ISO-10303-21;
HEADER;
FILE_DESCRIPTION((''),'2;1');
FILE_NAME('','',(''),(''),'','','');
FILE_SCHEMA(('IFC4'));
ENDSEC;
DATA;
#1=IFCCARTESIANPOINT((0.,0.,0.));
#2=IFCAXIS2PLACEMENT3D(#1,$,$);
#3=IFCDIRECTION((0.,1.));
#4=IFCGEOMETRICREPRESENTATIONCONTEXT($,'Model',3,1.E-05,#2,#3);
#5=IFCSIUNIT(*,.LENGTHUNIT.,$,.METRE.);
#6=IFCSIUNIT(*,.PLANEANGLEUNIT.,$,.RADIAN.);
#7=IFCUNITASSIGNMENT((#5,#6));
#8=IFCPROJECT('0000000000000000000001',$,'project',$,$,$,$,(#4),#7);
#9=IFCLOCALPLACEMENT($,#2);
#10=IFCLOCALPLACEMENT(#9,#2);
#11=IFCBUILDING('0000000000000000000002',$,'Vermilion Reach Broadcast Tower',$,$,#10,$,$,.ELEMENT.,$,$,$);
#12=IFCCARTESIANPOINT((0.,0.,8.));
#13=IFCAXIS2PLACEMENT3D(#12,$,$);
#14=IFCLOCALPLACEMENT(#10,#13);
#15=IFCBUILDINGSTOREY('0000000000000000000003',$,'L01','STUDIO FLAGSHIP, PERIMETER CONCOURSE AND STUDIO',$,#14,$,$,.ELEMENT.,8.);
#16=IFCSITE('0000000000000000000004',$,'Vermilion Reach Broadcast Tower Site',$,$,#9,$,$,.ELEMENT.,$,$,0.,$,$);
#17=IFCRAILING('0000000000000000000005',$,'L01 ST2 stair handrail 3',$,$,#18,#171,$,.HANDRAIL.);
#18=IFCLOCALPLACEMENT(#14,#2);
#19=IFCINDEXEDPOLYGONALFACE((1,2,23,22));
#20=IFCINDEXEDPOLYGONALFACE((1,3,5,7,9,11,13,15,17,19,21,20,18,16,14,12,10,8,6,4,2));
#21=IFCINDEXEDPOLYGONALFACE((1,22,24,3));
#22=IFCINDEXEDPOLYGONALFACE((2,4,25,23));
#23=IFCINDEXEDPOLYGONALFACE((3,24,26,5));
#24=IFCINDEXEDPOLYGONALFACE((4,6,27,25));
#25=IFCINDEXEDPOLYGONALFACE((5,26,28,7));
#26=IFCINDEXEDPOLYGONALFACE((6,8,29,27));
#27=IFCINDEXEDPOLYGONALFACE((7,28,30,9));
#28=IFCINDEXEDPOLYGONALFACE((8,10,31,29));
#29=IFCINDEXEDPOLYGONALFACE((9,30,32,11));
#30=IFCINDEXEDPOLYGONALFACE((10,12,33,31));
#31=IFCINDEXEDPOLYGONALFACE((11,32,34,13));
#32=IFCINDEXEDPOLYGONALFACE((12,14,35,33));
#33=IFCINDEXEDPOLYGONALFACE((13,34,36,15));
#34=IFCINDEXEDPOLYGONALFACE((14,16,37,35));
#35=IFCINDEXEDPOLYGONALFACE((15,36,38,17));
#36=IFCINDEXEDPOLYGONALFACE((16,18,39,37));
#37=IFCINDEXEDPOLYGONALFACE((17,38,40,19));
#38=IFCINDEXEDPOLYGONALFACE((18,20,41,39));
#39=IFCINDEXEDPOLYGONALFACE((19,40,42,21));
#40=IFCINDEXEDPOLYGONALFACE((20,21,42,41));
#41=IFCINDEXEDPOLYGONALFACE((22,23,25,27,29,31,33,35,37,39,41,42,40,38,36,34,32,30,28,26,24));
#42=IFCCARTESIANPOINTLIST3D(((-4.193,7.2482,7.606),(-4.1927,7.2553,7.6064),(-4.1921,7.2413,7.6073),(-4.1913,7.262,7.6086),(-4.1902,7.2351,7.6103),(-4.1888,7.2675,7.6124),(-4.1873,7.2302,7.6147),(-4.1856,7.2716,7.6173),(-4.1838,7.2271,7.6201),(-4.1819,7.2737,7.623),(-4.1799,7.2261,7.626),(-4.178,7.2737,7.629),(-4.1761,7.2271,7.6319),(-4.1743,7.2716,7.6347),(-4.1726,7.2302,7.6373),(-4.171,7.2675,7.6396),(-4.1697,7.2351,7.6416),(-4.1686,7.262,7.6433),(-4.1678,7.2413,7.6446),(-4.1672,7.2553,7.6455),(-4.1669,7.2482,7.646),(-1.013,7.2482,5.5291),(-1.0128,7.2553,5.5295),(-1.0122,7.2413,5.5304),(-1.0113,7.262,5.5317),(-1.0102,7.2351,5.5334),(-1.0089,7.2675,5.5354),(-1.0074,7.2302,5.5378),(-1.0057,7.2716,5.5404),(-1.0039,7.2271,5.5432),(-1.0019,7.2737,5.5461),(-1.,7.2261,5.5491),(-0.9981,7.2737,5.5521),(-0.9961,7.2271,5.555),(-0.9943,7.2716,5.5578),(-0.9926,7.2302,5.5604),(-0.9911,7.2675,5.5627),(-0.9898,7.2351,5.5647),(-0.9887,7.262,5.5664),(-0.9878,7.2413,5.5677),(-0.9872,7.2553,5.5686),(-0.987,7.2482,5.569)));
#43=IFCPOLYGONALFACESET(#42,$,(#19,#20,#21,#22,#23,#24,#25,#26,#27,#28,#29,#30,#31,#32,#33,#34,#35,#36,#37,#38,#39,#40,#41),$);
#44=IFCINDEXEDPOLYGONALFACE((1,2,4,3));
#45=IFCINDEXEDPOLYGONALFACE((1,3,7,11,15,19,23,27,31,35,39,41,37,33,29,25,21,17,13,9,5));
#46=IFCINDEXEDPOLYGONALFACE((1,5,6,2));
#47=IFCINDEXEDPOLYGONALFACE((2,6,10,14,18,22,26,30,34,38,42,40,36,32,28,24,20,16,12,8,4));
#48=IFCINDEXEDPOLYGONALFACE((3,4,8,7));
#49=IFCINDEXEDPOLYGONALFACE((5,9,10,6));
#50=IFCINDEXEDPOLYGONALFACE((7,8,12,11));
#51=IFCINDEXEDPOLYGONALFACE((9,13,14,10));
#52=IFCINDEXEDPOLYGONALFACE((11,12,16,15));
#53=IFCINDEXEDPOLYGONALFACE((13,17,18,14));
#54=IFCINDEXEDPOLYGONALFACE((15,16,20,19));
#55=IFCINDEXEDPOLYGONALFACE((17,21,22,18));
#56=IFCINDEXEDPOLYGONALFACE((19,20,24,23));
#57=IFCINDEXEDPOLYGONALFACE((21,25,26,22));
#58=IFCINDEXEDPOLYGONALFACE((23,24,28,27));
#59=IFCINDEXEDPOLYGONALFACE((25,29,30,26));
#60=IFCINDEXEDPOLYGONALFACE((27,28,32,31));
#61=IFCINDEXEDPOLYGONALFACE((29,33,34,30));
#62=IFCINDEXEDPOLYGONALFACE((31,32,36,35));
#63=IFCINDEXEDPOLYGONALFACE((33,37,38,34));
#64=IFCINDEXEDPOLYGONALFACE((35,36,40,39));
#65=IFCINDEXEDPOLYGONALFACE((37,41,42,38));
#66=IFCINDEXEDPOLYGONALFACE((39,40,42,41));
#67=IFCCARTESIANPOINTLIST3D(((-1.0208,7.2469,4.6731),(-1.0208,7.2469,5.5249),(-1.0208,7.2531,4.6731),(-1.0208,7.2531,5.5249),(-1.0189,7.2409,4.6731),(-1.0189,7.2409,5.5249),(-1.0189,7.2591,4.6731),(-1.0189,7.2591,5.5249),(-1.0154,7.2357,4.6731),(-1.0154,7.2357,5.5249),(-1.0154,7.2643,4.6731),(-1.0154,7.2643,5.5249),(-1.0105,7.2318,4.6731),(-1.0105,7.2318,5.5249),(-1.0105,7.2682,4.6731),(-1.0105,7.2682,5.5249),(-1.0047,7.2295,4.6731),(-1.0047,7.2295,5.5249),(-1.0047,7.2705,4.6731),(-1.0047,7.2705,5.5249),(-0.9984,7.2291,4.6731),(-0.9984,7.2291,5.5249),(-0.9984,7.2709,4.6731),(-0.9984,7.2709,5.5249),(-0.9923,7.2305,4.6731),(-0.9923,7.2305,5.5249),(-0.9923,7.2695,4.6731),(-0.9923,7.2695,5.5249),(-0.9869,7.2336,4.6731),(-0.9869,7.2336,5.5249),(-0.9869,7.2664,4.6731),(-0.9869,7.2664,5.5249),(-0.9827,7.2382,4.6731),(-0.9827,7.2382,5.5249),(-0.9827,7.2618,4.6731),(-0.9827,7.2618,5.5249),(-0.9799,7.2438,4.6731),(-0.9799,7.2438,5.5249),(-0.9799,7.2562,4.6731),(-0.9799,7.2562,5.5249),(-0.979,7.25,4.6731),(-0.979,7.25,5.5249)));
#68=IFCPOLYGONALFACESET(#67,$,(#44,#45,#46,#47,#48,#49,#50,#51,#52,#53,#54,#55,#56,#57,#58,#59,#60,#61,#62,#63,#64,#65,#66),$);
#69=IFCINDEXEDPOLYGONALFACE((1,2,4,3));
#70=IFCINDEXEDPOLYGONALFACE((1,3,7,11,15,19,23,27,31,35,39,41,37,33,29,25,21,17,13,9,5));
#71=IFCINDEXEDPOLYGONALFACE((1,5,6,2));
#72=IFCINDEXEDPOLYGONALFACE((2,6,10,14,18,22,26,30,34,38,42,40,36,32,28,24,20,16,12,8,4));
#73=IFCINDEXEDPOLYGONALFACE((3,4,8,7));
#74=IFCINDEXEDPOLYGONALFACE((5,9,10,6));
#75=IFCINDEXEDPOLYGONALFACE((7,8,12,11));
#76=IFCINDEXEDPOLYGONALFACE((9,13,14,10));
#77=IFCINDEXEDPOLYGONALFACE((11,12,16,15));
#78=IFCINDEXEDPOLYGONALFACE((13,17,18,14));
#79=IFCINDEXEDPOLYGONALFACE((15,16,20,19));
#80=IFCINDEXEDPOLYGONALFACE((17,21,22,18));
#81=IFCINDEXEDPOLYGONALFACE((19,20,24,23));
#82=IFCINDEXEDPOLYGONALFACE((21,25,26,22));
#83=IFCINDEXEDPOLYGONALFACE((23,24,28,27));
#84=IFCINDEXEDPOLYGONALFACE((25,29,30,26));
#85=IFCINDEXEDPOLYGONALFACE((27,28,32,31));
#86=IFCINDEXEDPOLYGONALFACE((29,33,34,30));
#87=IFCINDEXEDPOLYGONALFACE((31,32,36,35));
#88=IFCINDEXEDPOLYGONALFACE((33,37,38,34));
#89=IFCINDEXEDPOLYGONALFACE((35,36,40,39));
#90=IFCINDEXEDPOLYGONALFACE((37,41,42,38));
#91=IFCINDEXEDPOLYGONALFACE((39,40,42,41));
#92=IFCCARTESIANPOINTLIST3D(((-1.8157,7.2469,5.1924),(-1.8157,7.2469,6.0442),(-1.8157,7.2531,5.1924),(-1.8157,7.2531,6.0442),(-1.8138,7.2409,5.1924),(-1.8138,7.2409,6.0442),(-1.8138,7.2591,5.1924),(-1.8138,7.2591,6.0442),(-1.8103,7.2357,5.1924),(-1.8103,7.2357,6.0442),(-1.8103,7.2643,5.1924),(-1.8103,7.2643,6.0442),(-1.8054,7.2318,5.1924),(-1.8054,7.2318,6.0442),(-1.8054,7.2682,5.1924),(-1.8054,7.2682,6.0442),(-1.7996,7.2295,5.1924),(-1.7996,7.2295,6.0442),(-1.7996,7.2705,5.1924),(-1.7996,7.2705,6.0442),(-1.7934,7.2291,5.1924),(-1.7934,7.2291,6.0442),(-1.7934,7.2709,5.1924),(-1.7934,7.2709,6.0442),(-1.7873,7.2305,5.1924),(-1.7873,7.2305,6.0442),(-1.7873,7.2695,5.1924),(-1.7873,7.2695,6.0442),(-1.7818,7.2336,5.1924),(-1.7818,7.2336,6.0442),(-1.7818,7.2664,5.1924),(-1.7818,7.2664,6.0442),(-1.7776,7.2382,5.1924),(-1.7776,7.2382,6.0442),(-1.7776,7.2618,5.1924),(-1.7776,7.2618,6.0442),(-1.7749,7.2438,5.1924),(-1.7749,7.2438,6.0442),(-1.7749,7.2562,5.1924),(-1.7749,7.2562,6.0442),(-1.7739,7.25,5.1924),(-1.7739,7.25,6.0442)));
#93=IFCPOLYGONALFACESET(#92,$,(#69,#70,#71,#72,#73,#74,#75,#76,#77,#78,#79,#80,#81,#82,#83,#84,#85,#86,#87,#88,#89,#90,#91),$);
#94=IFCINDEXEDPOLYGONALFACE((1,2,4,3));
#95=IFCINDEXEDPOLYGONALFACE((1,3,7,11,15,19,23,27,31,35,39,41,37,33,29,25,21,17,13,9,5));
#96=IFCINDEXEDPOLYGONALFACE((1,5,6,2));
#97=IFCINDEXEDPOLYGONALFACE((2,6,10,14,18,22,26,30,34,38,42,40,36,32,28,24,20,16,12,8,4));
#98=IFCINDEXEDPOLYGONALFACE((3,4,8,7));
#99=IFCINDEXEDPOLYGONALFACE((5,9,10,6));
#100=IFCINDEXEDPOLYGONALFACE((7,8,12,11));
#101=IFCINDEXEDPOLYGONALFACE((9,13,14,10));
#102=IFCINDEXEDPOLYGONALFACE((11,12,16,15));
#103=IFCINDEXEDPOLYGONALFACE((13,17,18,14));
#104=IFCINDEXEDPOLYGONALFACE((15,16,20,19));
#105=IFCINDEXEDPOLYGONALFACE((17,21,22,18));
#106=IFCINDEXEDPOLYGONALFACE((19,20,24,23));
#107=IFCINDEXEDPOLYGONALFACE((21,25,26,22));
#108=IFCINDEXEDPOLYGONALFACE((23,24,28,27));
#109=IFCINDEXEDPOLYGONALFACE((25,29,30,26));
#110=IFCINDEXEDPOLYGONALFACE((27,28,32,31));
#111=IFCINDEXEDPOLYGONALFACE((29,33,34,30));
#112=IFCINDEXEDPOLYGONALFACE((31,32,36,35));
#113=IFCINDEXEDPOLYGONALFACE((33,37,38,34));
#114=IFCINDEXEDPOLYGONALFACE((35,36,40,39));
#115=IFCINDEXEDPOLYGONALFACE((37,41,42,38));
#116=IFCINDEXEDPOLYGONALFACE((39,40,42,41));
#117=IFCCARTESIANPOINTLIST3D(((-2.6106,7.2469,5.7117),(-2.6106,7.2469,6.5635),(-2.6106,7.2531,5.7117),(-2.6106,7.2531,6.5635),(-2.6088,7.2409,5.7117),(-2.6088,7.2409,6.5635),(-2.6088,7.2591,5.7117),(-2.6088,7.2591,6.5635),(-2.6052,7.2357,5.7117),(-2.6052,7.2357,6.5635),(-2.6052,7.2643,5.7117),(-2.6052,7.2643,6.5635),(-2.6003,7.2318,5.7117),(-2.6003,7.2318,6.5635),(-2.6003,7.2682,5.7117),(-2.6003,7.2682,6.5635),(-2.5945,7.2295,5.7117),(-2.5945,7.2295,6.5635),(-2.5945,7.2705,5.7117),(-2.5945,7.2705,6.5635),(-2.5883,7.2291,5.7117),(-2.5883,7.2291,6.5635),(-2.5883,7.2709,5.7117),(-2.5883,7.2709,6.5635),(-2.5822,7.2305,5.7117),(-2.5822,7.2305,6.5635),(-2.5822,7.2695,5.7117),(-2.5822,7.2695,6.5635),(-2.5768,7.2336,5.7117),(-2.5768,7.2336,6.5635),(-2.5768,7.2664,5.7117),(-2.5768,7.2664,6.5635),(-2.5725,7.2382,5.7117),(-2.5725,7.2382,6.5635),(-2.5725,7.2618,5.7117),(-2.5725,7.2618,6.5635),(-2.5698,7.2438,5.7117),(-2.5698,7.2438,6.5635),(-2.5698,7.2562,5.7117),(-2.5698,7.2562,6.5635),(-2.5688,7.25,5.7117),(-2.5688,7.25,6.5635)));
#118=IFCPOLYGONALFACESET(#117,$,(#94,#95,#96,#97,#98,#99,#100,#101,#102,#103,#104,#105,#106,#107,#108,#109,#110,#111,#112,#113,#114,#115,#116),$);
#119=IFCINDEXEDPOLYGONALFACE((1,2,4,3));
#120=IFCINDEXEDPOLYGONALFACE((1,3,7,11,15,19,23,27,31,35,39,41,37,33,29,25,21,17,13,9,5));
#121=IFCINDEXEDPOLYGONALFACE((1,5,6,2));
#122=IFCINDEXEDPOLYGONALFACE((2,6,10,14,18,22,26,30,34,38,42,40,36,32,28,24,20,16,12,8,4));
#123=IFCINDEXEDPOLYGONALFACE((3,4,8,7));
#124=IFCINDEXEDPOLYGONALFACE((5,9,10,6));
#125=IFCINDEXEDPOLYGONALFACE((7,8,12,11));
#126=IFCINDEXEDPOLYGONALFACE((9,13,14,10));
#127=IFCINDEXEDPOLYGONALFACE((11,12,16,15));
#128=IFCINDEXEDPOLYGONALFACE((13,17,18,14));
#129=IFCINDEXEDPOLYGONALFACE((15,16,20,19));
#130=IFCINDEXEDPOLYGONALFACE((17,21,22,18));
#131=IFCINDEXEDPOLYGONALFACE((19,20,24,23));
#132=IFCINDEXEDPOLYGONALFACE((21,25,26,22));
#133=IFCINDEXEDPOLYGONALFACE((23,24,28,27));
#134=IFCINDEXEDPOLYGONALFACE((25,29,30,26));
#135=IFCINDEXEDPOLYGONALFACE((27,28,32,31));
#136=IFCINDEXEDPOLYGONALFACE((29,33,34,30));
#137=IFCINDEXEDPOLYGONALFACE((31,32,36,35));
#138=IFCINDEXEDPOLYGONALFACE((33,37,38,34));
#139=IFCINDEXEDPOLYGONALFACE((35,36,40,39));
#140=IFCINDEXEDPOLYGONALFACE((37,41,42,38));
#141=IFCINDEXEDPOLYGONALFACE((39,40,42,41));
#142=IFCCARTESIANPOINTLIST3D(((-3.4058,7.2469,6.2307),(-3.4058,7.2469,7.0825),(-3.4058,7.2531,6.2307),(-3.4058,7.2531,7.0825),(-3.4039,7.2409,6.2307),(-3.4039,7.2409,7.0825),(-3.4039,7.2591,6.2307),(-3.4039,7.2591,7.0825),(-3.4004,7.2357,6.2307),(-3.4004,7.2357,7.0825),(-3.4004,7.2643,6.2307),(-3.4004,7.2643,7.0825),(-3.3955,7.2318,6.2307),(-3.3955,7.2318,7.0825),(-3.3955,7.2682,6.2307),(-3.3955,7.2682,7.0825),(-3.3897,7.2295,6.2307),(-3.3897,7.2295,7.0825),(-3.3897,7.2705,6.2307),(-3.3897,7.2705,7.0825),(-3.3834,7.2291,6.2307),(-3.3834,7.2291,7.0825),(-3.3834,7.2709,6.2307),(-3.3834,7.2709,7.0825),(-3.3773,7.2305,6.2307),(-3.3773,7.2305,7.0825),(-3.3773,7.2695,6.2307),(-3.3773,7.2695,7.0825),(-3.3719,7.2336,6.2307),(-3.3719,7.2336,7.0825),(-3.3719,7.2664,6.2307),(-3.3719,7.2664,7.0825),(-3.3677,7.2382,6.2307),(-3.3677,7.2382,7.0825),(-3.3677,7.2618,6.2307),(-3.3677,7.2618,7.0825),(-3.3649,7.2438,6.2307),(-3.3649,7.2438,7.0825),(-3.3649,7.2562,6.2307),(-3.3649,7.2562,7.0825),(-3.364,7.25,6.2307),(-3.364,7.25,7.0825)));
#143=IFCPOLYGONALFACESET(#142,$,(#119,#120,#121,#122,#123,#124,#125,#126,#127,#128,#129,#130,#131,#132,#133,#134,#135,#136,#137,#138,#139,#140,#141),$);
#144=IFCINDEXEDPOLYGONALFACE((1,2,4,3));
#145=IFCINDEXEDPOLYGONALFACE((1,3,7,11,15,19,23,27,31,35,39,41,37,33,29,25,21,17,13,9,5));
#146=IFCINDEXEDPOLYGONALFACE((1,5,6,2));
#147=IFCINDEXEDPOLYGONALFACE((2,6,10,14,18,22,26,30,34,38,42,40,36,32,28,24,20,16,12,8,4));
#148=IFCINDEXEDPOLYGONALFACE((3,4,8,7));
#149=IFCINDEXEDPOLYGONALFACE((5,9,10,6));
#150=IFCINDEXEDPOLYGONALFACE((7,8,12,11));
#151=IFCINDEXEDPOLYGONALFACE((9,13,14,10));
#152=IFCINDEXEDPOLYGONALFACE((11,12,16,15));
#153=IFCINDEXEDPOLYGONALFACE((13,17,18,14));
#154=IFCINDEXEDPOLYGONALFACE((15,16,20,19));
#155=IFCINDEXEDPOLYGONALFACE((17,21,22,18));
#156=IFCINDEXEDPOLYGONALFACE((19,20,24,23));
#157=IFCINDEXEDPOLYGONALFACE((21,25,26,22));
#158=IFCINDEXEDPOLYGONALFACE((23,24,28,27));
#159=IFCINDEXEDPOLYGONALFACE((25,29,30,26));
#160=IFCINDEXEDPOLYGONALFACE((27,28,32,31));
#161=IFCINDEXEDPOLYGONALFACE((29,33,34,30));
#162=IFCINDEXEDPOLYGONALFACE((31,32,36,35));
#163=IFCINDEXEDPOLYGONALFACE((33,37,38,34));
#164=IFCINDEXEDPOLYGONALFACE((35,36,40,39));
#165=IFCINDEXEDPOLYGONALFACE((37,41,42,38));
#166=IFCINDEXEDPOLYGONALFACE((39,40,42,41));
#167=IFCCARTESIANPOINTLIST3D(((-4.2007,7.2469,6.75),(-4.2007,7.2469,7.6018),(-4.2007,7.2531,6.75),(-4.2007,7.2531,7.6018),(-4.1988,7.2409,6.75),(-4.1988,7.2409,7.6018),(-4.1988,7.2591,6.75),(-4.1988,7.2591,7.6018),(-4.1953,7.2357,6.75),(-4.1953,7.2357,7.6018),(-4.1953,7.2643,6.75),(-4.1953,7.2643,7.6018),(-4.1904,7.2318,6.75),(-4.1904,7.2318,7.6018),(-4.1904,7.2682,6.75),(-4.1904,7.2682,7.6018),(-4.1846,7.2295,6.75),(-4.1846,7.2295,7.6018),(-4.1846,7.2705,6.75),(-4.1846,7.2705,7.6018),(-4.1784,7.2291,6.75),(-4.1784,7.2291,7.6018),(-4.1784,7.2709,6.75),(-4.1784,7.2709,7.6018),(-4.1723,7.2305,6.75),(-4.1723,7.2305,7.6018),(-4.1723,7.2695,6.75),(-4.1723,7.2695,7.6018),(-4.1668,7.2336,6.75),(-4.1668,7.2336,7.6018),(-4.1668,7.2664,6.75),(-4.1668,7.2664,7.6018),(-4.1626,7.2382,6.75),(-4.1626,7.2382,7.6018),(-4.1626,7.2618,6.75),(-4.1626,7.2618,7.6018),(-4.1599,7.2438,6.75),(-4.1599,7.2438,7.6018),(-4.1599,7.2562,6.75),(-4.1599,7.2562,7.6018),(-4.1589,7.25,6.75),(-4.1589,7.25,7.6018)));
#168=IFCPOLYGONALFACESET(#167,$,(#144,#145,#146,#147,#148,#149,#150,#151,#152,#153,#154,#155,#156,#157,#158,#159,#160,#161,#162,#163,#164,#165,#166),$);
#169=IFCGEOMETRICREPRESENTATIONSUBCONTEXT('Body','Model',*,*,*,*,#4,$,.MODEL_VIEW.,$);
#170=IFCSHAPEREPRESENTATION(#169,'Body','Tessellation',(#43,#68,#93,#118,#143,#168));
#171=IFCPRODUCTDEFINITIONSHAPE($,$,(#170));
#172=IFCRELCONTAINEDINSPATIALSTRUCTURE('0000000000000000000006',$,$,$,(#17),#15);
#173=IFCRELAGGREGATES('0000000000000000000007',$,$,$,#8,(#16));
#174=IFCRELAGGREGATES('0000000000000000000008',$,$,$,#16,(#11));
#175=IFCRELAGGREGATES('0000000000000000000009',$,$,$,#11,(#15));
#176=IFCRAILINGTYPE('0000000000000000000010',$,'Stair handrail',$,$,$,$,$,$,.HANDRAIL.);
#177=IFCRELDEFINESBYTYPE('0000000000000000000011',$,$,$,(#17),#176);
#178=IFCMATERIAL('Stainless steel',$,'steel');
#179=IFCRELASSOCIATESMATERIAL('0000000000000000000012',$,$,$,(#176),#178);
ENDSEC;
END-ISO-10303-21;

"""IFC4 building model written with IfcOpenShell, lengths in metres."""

from ifc_helpers import new_model, si_unit, direction, frame, origin, origin_2d, place, context, subcontext, project, spatial, circle, extrude, material, type_object, element, save


model = new_model("IFC4")

# Units and contexts
model_context = context("Model", 3, precision=1e-05, world=origin(), true_north=direction((0.0, 1.0)))
body_context = subcontext(model_context, "Body", "Model", "MODEL_VIEW")
ifc_project = project(units=[si_unit("LENGTHUNIT", "METRE"), si_unit("PLANEANGLEUNIT", "RADIAN")], contexts=[model_context])

# Site, building, storey
site_placement = place(None, origin())
site = spatial("IfcSite", under=ifc_project, at=site_placement, Name="Vermilion Reach Broadcast Tower Site", CompositionType="ELEMENT", RefElevation=0.0)
building_placement = place(site_placement, origin())
building = spatial("IfcBuilding", under=site, at=building_placement, Name="Vermilion Reach Broadcast Tower", CompositionType="ELEMENT")
storey_placement = place(building_placement, frame((0.0, 0.0, 8.0)))
storey = spatial("IfcBuildingStorey", under=building, at=storey_placement, Name="L01", Description="STUDIO FLAGSHIP, PERIMETER CONCOURSE AND STUDIO", CompositionType="ELEMENT", Elevation=8.0)

# Railing
ifc_material_1 = material(Name="Stainless steel", Category="steel")
railing_type_1 = type_object("IfcRailingType", Name="Stair handrail", PredefinedType="HANDRAIL", material=ifc_material_1)
railing_1_placement = place(storey_placement, frame((-1.0, 7.25, 4.6731)))
element("IfcRailing", 1, at=railing_1_placement, inside=storey, type_object=railing_type_1, Name="L01 ST2 stair handrail 3", PredefinedType="HANDRAIL", context=body_context, shape_type="SweptSolid", body=[
    extrude(circle(Radius=0.0239, at=origin_2d()), frame((0.0, 0.0, 0.876), z_axis=(-0.837245, 0.0, 0.546828), x_axis=(0.0, -1.0, 0.0)), (0.0, 0.0, 1.0), 3.7981),
    extrude(circle(Radius=0.021, at=origin_2d()), origin(), (0.0, 0.0, 1.0), 0.8518),
    extrude(circle(Radius=0.021, at=origin_2d()), frame((-0.7949, 0.0, 0.5193)), (0.0, 0.0, 1.0), 0.8518),
    extrude(circle(Radius=0.021, at=origin_2d()), frame((-1.5898, 0.0, 1.0386)), (0.0, 0.0, 1.0), 0.8518),
    extrude(circle(Radius=0.021, at=origin_2d()), frame((-2.385, 0.0, 1.5576)), (0.0, 0.0, 1.0), 0.8518),
    extrude(circle(Radius=0.021, at=origin_2d()), frame((-3.1799, 0.0, 2.0769)), (0.0, 0.0, 1.0), 0.8518),
])

save(model, "model.ifc")
